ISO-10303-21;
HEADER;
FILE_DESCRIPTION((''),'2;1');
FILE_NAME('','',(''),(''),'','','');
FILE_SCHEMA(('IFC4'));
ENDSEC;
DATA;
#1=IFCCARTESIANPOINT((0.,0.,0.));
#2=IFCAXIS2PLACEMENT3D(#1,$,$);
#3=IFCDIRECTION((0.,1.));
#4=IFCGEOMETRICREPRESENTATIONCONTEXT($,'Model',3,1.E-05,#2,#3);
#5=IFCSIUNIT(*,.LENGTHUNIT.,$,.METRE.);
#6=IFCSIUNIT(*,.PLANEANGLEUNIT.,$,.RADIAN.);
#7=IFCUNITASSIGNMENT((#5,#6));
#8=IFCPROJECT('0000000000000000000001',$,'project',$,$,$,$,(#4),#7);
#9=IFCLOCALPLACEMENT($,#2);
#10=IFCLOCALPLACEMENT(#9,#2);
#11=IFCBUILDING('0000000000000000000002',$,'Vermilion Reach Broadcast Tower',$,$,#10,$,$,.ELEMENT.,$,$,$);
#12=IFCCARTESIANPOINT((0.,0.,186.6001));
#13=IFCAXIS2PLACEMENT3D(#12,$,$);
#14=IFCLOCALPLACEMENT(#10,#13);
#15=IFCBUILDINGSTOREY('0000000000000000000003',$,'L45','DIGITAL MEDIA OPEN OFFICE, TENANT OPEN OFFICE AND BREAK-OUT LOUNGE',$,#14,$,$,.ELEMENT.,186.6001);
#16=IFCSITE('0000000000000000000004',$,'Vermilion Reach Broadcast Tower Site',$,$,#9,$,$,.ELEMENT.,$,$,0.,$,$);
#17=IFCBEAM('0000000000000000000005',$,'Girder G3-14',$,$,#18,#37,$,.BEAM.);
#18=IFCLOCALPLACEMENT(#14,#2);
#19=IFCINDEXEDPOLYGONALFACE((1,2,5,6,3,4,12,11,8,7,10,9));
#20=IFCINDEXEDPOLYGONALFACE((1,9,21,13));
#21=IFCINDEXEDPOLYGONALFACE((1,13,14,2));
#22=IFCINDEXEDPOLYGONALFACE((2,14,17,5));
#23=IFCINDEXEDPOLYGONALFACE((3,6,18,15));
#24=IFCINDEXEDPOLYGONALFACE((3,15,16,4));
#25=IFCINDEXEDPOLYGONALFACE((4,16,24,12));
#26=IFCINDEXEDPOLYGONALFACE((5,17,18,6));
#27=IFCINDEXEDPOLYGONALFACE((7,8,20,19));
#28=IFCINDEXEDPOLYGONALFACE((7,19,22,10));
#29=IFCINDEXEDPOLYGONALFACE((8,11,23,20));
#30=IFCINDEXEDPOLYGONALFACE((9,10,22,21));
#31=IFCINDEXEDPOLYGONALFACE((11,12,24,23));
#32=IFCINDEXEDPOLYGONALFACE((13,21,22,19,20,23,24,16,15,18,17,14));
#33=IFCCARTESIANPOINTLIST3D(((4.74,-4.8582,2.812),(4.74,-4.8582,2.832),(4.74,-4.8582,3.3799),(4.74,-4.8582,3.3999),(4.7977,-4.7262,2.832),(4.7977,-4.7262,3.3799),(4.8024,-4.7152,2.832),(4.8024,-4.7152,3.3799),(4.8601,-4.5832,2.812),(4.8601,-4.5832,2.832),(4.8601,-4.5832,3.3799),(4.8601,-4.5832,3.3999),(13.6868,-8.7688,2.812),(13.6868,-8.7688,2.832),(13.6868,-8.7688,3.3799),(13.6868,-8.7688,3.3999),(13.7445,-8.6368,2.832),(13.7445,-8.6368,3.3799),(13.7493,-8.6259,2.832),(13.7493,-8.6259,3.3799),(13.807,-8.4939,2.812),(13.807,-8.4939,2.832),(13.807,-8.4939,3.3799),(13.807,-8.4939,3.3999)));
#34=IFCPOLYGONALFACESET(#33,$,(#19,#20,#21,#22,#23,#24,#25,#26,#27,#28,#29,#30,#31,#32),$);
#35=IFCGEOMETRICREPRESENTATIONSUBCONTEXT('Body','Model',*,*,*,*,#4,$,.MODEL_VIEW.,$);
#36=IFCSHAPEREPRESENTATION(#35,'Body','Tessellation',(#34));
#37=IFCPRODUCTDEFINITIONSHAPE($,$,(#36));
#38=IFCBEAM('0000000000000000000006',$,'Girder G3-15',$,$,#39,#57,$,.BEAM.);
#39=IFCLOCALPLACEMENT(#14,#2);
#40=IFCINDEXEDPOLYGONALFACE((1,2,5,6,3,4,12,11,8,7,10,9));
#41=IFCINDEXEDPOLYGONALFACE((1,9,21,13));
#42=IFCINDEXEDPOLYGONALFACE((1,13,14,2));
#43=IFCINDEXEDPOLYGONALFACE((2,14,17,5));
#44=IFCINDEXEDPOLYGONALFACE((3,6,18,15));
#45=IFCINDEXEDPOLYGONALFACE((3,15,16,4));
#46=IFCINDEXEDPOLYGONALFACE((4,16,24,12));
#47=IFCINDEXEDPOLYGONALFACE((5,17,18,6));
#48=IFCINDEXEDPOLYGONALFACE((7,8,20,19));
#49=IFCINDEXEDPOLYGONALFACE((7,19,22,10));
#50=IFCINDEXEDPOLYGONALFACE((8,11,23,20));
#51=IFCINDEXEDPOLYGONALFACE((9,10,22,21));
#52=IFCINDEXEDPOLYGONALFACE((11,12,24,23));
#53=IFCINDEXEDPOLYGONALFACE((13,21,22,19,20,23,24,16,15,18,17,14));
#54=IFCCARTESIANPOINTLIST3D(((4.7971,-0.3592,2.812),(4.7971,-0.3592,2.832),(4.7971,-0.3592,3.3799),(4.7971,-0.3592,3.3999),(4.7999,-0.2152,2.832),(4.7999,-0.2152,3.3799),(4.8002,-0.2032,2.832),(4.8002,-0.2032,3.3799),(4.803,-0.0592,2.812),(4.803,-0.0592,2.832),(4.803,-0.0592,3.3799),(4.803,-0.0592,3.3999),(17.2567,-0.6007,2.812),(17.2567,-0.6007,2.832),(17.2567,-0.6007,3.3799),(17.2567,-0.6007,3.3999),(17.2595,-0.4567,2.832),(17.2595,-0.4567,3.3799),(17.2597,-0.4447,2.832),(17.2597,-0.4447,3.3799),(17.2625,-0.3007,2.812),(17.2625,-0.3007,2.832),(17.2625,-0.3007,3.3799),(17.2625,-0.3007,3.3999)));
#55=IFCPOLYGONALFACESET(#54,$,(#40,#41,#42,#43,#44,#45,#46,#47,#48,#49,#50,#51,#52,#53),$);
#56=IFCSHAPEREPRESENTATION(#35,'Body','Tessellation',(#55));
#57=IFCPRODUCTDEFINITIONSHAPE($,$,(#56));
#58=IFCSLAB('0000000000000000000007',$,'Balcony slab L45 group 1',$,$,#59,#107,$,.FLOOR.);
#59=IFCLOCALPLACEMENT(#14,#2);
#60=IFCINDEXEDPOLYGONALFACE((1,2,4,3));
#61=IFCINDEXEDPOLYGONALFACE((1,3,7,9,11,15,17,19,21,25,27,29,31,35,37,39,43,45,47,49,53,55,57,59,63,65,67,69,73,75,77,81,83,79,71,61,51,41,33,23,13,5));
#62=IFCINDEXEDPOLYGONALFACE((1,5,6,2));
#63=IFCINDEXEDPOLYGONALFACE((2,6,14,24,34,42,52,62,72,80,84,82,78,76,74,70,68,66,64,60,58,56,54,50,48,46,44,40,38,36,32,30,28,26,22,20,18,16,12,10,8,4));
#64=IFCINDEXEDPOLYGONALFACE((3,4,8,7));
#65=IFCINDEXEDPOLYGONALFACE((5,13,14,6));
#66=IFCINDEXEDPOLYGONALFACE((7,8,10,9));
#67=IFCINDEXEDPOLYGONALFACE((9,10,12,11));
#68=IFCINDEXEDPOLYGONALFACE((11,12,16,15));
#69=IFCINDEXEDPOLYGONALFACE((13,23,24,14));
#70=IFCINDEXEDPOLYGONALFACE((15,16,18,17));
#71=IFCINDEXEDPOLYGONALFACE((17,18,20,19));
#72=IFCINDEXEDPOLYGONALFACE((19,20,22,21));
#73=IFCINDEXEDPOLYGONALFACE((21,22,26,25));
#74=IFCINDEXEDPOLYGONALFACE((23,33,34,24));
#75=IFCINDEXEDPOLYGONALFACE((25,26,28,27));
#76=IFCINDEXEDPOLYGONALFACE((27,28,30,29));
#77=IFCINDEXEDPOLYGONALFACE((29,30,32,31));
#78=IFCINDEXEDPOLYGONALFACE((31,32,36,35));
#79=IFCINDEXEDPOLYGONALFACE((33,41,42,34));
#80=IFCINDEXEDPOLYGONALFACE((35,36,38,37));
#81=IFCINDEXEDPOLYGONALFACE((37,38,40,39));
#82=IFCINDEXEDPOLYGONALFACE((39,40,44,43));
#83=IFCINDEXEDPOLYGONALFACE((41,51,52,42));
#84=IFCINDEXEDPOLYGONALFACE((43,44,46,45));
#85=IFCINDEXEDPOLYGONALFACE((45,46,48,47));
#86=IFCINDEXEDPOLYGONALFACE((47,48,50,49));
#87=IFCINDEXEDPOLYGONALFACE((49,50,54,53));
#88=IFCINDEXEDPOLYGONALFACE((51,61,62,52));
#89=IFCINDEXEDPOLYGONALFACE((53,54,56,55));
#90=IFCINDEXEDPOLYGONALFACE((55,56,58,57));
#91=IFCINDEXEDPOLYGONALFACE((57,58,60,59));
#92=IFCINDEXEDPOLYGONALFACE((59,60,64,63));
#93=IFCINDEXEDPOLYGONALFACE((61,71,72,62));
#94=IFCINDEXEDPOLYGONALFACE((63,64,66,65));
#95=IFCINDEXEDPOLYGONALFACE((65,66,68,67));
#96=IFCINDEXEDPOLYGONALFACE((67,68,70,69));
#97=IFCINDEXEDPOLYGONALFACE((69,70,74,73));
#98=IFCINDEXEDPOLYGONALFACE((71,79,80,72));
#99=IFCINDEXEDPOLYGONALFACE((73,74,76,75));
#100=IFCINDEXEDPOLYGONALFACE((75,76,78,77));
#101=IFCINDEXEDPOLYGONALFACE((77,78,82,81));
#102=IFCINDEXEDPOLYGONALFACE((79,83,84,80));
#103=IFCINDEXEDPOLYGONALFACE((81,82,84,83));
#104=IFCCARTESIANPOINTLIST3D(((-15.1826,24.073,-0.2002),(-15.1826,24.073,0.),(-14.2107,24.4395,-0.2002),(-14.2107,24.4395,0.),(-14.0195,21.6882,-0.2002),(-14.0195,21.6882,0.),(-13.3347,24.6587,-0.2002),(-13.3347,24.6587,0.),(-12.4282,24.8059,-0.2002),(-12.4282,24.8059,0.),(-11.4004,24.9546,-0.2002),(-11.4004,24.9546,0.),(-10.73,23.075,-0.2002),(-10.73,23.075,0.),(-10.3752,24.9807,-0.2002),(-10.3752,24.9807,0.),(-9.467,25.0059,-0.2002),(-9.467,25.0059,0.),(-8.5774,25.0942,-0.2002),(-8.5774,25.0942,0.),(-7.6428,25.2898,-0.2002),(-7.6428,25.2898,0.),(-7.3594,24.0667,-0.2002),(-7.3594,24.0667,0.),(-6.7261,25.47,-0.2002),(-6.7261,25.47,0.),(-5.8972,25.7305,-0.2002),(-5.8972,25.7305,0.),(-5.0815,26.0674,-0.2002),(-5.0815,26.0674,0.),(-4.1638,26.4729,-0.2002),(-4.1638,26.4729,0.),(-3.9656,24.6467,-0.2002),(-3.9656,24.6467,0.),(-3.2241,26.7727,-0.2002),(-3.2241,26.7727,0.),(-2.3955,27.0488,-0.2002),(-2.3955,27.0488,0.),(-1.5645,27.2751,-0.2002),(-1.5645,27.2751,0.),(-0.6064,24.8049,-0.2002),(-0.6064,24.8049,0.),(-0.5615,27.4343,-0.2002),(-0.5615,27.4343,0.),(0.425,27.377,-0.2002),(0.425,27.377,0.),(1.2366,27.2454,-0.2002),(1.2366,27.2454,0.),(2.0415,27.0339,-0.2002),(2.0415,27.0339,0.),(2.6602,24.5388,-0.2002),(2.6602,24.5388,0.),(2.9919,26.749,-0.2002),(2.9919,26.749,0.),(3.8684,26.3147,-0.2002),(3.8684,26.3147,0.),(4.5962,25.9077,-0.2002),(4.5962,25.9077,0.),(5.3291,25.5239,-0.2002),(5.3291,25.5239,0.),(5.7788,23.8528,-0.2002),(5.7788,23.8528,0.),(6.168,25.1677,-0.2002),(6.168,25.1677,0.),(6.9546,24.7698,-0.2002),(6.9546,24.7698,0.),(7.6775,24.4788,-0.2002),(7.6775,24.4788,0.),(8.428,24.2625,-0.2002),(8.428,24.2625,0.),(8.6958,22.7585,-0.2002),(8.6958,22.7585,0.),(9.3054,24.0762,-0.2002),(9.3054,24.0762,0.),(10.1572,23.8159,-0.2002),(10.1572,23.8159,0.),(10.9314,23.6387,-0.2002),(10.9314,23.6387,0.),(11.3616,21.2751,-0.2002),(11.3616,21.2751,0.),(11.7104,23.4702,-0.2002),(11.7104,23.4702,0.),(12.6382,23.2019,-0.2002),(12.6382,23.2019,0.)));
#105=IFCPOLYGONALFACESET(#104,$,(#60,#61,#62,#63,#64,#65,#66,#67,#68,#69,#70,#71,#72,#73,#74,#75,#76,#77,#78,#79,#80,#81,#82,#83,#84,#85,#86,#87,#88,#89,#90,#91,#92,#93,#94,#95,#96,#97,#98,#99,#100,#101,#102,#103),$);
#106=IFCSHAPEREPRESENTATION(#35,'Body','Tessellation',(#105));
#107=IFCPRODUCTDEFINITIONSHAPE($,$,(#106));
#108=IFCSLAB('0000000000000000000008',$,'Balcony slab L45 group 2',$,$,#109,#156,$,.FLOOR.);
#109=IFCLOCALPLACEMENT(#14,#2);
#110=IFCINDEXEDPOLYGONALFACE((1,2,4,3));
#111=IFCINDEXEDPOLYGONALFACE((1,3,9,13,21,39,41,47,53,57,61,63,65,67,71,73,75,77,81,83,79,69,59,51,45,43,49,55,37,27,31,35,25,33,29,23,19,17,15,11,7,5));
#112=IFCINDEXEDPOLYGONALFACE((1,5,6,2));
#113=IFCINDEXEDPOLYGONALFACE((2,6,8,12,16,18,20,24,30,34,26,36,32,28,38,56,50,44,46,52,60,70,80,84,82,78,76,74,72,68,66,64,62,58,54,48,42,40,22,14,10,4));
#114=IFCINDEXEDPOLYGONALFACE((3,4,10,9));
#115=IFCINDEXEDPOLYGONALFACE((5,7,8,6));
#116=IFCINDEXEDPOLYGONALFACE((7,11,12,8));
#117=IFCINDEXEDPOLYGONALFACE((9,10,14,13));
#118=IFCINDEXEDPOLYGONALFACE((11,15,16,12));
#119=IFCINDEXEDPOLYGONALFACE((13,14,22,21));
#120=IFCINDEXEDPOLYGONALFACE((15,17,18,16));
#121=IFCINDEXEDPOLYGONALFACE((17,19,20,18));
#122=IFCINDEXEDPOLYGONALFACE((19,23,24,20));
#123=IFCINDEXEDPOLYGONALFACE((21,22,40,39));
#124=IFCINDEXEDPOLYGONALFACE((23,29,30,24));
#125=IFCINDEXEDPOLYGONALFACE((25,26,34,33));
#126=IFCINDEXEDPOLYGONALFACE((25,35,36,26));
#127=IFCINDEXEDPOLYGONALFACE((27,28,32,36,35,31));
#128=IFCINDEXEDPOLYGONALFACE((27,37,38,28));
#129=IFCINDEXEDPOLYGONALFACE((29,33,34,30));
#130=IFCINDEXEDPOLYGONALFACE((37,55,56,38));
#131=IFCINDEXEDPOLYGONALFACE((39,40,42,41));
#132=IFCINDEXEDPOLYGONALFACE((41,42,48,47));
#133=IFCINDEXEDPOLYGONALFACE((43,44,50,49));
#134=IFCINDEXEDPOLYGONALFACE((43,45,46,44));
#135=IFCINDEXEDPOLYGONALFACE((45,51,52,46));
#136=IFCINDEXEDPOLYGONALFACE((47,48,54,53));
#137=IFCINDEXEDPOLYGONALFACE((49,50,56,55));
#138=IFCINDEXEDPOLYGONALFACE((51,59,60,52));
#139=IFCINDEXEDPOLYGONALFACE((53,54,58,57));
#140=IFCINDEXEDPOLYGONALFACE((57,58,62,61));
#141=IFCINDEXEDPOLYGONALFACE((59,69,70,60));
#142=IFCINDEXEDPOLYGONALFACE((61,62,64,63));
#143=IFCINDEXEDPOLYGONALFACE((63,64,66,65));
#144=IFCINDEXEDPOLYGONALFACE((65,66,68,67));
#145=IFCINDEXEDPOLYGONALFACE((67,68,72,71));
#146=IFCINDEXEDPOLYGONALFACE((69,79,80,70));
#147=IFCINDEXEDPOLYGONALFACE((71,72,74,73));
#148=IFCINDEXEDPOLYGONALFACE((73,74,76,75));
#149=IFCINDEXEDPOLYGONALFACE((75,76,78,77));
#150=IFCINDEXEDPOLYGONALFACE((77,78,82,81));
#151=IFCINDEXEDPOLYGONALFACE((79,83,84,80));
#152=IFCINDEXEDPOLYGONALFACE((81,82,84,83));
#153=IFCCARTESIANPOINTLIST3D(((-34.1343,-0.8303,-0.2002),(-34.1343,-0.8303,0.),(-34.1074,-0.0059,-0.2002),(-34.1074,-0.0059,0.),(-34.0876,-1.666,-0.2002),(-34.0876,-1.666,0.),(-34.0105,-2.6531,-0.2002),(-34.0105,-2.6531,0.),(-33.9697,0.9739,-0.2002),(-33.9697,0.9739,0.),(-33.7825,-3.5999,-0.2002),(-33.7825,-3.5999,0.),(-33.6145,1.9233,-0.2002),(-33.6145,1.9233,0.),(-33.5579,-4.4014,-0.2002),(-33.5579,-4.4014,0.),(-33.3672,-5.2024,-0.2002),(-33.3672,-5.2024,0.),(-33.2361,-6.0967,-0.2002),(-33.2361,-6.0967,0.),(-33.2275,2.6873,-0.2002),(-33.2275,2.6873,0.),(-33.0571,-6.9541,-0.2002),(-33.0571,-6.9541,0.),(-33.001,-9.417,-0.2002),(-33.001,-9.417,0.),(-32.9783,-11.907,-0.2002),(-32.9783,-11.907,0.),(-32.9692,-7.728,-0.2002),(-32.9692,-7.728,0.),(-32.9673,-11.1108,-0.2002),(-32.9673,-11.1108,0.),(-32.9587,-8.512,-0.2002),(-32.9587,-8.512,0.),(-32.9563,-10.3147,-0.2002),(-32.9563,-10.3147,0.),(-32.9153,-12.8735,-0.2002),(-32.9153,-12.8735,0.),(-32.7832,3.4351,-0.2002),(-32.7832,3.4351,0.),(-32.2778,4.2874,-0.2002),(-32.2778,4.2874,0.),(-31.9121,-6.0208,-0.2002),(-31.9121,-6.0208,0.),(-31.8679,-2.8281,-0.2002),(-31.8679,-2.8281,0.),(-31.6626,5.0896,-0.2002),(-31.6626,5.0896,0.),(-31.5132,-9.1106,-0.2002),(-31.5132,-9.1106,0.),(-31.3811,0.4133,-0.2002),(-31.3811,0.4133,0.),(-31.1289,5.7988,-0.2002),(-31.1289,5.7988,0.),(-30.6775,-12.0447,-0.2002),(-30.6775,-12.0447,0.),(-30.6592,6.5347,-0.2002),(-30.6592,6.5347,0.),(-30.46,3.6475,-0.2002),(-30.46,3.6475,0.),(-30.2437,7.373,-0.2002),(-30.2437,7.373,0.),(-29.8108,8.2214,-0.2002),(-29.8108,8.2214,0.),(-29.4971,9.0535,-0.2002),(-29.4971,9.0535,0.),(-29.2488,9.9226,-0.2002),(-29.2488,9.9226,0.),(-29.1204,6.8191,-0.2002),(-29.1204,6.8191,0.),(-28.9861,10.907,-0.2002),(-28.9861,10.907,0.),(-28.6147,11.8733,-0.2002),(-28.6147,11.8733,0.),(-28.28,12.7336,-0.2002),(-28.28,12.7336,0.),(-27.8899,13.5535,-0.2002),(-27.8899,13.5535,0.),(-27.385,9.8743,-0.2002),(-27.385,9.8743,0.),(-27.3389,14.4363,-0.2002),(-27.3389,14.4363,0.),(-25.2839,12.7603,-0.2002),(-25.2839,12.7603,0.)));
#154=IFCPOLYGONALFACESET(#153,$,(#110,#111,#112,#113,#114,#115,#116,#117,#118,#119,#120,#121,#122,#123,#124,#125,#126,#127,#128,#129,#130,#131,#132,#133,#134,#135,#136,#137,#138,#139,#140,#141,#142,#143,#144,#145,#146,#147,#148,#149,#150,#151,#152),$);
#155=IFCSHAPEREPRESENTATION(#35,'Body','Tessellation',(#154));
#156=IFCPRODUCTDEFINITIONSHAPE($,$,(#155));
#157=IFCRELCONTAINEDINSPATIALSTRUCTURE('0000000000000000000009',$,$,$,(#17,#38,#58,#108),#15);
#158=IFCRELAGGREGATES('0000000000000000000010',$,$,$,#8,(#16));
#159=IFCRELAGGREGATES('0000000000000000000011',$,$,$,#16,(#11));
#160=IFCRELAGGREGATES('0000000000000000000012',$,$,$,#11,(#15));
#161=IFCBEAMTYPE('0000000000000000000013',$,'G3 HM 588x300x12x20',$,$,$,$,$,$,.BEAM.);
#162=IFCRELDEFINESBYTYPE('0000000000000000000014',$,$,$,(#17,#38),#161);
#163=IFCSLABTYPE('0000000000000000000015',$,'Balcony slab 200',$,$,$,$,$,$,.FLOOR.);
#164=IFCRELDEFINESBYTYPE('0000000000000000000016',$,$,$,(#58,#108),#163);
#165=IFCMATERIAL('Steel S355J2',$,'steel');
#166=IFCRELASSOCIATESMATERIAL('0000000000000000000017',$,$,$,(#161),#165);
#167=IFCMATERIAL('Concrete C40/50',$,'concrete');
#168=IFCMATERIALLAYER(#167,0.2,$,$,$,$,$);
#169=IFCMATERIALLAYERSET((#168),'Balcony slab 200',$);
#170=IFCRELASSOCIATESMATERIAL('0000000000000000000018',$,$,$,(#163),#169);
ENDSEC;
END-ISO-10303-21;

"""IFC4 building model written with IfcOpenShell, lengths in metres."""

from ifc_helpers import new_model, si_unit, direction, frame, origin, origin_2d, place, context, subcontext, project, spatial, polyline, i_section, outline, extrude, material, layer, layer_set, material_profile, profile_set, type_object, element, save


model = new_model("IFC4")

# Units and contexts
model_context = context("Model", 3, precision=1e-05, world=origin(), true_north=direction((0.0, 1.0)))
body_context = subcontext(model_context, "Body", "Model", "MODEL_VIEW")
ifc_project = project(units=[si_unit("LENGTHUNIT", "METRE"), si_unit("PLANEANGLEUNIT", "RADIAN")], contexts=[model_context])

# Site, building, storey
site_placement = place(None, origin())
site = spatial("IfcSite", under=ifc_project, at=site_placement, Name="Vermilion Reach Broadcast Tower Site", CompositionType="ELEMENT", RefElevation=0.0)
building_placement = place(site_placement, origin())
building = spatial("IfcBuilding", under=site, at=building_placement, Name="Vermilion Reach Broadcast Tower", CompositionType="ELEMENT")
storey_placement = place(building_placement, frame((0.0, 0.0, 186.6001)))
storey = spatial("IfcBuildingStorey", under=building, at=storey_placement, Name="L45", Description="DIGITAL MEDIA OPEN OFFICE, TENANT OPEN OFFICE AND BREAK-OUT LOUNGE", CompositionType="ELEMENT", Elevation=186.6001)

# Beams
ifc_material_1 = material(Name="Steel S355J2", Category="steel")
ifc_material_profile = material_profile(ifc_material_1, i_section(OverallWidth=0.3, OverallDepth=0.5879, WebThickness=0.012, FlangeThickness=0.02, at=origin_2d()), Name="S355J2 HM 588x300x12x20")
ifc_profile_set = profile_set([ifc_material_profile], Name="Steel S355J2")
beam_type = type_object("IfcBeamType", Name="G3 HM 588x300x12x20", PredefinedType="BEAM", material=ifc_profile_set)
beam_1_placement = place(storey_placement, frame((4.8, -4.7207, 3.106), z_axis=(0.916292, -0.400512, 0.0), x_axis=(0.400512, 0.916292, 0.0)))
element("IfcBeam", 1, at=beam_1_placement, inside=storey, type_object=beam_type, Name="Girder G3-14", PredefinedType="BEAM", context=body_context, shape_type="SweptSolid", body=[
    extrude(i_section(OverallWidth=0.3, OverallDepth=0.5879, WebThickness=0.012, FlangeThickness=0.02, at=origin_2d()), origin(), (0.0, 0.0, 1.0), 9.7642),
])
beam_2_placement = place(storey_placement, frame((4.8, -0.2092, 3.106), z_axis=(0.999812, -0.019376, 0.0), x_axis=(0.019376, 0.999812, 0.0)))
element("IfcBeam", 2, at=beam_2_placement, inside=storey, type_object=beam_type, Name="Girder G3-15", PredefinedType="BEAM", context=body_context, shape_type="SweptSolid", body=[
    extrude(i_section(OverallWidth=0.3, OverallDepth=0.5879, WebThickness=0.012, FlangeThickness=0.02, at=origin_2d()), origin(), (0.0, 0.0, 1.0), 12.4619),
])

# Slabs
ifc_material_2 = material(Name="Concrete C40/50", Category="concrete")
ifc_layer_1 = layer(ifc_material_2, 0.2)
ifc_layer_set_1 = layer_set([ifc_layer_1], Name="Balcony slab 200")
slab_type_1 = type_object("IfcSlabType", Name="Balcony slab 200", PredefinedType="FLOOR", material=ifc_layer_set_1)
placement_1 = place(storey_placement, frame((0.0, 0.0, -0.2002)))
element("IfcSlab", 3, at=placement_1, inside=storey, type_object=slab_type_1, Name="Balcony slab L45 group 1", PredefinedType="FLOOR", context=body_context, shape_type="SweptSolid", body=[
    extrude(outline(polyline([(11.3616, 21.2751), (8.6958, 22.7585), (5.7788, 23.8528), (2.6602, 24.5388), (-0.6064, 24.8049), (-3.9656, 24.6467), (-7.3594, 24.0667), (-10.73, 23.075), (-14.0195, 21.6882), (-15.1826, 24.073), (-14.2107, 24.4395), (-13.3347, 24.6587), (-12.4282, 24.8059), (-11.4004, 24.9546), (-10.3752, 24.9807), (-9.467, 25.0059), (-8.5774, 25.0942), (-7.6428, 25.2898), (-6.7261, 25.47), (-5.8972, 25.7305), (-5.0815, 26.0674), (-4.1638, 26.4729), (-3.2241, 26.7727), (-2.3955, 27.0488), (-1.5645, 27.2751), (-0.5615, 27.4343), (0.425, 27.377), (1.2366, 27.2454), (2.0415, 27.0339), (2.9919, 26.749), (3.8684, 26.3147), (4.5962, 25.9077), (5.3291, 25.5239), (6.168, 25.1677), (6.9546, 24.7698), (7.6775, 24.4788), (8.428, 24.2625), (9.3054, 24.0762), (10.1572, 23.8159), (10.9314, 23.6387), (11.7104, 23.4702), (12.6382, 23.2019), (11.3616, 21.2751)])), origin(), (0.0, 0.0, 1.0), 0.2002),
])
element("IfcSlab", 4, at=placement_1, inside=storey, type_object=slab_type_1, Name="Balcony slab L45 group 2", PredefinedType="FLOOR", context=body_context, shape_type="SweptSolid", body=[
    extrude(outline(polyline([(-25.2839, 12.7603), (-27.385, 9.8743), (-29.1204, 6.8191), (-30.46, 3.6475), (-31.3811, 0.4133), (-31.8679, -2.8281), (-31.9121, -6.0208), (-31.5132, -9.1106), (-30.6775, -12.0447), (-32.9153, -12.8735), (-32.9783, -11.907), (-32.9673, -11.1108), (-32.9563, -10.3147), (-33.001, -9.417), (-32.9587, -8.512), (-32.9692, -7.728), (-33.0571, -6.9541), (-33.2361, -6.0967), (-33.3672, -5.2024), (-33.5579, -4.4014), (-33.7825, -3.5999), (-34.0105, -2.6531), (-34.0876, -1.666), (-34.1343, -0.8303), (-34.1074, -0.0059), (-33.9697, 0.9739), (-33.6145, 1.9233), (-33.2275, 2.6873), (-32.7832, 3.4351), (-32.2778, 4.2874), (-31.6626, 5.0896), (-31.1289, 5.7988), (-30.6592, 6.5347), (-30.2437, 7.373), (-29.8108, 8.2214), (-29.4971, 9.0535), (-29.2488, 9.9226), (-28.9861, 10.907), (-28.6147, 11.8733), (-28.28, 12.7336), (-27.8899, 13.5535), (-27.3389, 14.4363), (-25.2839, 12.7603)])), origin(), (0.0, 0.0, 1.0), 0.2002),
])

save(model, "model.ifc")
